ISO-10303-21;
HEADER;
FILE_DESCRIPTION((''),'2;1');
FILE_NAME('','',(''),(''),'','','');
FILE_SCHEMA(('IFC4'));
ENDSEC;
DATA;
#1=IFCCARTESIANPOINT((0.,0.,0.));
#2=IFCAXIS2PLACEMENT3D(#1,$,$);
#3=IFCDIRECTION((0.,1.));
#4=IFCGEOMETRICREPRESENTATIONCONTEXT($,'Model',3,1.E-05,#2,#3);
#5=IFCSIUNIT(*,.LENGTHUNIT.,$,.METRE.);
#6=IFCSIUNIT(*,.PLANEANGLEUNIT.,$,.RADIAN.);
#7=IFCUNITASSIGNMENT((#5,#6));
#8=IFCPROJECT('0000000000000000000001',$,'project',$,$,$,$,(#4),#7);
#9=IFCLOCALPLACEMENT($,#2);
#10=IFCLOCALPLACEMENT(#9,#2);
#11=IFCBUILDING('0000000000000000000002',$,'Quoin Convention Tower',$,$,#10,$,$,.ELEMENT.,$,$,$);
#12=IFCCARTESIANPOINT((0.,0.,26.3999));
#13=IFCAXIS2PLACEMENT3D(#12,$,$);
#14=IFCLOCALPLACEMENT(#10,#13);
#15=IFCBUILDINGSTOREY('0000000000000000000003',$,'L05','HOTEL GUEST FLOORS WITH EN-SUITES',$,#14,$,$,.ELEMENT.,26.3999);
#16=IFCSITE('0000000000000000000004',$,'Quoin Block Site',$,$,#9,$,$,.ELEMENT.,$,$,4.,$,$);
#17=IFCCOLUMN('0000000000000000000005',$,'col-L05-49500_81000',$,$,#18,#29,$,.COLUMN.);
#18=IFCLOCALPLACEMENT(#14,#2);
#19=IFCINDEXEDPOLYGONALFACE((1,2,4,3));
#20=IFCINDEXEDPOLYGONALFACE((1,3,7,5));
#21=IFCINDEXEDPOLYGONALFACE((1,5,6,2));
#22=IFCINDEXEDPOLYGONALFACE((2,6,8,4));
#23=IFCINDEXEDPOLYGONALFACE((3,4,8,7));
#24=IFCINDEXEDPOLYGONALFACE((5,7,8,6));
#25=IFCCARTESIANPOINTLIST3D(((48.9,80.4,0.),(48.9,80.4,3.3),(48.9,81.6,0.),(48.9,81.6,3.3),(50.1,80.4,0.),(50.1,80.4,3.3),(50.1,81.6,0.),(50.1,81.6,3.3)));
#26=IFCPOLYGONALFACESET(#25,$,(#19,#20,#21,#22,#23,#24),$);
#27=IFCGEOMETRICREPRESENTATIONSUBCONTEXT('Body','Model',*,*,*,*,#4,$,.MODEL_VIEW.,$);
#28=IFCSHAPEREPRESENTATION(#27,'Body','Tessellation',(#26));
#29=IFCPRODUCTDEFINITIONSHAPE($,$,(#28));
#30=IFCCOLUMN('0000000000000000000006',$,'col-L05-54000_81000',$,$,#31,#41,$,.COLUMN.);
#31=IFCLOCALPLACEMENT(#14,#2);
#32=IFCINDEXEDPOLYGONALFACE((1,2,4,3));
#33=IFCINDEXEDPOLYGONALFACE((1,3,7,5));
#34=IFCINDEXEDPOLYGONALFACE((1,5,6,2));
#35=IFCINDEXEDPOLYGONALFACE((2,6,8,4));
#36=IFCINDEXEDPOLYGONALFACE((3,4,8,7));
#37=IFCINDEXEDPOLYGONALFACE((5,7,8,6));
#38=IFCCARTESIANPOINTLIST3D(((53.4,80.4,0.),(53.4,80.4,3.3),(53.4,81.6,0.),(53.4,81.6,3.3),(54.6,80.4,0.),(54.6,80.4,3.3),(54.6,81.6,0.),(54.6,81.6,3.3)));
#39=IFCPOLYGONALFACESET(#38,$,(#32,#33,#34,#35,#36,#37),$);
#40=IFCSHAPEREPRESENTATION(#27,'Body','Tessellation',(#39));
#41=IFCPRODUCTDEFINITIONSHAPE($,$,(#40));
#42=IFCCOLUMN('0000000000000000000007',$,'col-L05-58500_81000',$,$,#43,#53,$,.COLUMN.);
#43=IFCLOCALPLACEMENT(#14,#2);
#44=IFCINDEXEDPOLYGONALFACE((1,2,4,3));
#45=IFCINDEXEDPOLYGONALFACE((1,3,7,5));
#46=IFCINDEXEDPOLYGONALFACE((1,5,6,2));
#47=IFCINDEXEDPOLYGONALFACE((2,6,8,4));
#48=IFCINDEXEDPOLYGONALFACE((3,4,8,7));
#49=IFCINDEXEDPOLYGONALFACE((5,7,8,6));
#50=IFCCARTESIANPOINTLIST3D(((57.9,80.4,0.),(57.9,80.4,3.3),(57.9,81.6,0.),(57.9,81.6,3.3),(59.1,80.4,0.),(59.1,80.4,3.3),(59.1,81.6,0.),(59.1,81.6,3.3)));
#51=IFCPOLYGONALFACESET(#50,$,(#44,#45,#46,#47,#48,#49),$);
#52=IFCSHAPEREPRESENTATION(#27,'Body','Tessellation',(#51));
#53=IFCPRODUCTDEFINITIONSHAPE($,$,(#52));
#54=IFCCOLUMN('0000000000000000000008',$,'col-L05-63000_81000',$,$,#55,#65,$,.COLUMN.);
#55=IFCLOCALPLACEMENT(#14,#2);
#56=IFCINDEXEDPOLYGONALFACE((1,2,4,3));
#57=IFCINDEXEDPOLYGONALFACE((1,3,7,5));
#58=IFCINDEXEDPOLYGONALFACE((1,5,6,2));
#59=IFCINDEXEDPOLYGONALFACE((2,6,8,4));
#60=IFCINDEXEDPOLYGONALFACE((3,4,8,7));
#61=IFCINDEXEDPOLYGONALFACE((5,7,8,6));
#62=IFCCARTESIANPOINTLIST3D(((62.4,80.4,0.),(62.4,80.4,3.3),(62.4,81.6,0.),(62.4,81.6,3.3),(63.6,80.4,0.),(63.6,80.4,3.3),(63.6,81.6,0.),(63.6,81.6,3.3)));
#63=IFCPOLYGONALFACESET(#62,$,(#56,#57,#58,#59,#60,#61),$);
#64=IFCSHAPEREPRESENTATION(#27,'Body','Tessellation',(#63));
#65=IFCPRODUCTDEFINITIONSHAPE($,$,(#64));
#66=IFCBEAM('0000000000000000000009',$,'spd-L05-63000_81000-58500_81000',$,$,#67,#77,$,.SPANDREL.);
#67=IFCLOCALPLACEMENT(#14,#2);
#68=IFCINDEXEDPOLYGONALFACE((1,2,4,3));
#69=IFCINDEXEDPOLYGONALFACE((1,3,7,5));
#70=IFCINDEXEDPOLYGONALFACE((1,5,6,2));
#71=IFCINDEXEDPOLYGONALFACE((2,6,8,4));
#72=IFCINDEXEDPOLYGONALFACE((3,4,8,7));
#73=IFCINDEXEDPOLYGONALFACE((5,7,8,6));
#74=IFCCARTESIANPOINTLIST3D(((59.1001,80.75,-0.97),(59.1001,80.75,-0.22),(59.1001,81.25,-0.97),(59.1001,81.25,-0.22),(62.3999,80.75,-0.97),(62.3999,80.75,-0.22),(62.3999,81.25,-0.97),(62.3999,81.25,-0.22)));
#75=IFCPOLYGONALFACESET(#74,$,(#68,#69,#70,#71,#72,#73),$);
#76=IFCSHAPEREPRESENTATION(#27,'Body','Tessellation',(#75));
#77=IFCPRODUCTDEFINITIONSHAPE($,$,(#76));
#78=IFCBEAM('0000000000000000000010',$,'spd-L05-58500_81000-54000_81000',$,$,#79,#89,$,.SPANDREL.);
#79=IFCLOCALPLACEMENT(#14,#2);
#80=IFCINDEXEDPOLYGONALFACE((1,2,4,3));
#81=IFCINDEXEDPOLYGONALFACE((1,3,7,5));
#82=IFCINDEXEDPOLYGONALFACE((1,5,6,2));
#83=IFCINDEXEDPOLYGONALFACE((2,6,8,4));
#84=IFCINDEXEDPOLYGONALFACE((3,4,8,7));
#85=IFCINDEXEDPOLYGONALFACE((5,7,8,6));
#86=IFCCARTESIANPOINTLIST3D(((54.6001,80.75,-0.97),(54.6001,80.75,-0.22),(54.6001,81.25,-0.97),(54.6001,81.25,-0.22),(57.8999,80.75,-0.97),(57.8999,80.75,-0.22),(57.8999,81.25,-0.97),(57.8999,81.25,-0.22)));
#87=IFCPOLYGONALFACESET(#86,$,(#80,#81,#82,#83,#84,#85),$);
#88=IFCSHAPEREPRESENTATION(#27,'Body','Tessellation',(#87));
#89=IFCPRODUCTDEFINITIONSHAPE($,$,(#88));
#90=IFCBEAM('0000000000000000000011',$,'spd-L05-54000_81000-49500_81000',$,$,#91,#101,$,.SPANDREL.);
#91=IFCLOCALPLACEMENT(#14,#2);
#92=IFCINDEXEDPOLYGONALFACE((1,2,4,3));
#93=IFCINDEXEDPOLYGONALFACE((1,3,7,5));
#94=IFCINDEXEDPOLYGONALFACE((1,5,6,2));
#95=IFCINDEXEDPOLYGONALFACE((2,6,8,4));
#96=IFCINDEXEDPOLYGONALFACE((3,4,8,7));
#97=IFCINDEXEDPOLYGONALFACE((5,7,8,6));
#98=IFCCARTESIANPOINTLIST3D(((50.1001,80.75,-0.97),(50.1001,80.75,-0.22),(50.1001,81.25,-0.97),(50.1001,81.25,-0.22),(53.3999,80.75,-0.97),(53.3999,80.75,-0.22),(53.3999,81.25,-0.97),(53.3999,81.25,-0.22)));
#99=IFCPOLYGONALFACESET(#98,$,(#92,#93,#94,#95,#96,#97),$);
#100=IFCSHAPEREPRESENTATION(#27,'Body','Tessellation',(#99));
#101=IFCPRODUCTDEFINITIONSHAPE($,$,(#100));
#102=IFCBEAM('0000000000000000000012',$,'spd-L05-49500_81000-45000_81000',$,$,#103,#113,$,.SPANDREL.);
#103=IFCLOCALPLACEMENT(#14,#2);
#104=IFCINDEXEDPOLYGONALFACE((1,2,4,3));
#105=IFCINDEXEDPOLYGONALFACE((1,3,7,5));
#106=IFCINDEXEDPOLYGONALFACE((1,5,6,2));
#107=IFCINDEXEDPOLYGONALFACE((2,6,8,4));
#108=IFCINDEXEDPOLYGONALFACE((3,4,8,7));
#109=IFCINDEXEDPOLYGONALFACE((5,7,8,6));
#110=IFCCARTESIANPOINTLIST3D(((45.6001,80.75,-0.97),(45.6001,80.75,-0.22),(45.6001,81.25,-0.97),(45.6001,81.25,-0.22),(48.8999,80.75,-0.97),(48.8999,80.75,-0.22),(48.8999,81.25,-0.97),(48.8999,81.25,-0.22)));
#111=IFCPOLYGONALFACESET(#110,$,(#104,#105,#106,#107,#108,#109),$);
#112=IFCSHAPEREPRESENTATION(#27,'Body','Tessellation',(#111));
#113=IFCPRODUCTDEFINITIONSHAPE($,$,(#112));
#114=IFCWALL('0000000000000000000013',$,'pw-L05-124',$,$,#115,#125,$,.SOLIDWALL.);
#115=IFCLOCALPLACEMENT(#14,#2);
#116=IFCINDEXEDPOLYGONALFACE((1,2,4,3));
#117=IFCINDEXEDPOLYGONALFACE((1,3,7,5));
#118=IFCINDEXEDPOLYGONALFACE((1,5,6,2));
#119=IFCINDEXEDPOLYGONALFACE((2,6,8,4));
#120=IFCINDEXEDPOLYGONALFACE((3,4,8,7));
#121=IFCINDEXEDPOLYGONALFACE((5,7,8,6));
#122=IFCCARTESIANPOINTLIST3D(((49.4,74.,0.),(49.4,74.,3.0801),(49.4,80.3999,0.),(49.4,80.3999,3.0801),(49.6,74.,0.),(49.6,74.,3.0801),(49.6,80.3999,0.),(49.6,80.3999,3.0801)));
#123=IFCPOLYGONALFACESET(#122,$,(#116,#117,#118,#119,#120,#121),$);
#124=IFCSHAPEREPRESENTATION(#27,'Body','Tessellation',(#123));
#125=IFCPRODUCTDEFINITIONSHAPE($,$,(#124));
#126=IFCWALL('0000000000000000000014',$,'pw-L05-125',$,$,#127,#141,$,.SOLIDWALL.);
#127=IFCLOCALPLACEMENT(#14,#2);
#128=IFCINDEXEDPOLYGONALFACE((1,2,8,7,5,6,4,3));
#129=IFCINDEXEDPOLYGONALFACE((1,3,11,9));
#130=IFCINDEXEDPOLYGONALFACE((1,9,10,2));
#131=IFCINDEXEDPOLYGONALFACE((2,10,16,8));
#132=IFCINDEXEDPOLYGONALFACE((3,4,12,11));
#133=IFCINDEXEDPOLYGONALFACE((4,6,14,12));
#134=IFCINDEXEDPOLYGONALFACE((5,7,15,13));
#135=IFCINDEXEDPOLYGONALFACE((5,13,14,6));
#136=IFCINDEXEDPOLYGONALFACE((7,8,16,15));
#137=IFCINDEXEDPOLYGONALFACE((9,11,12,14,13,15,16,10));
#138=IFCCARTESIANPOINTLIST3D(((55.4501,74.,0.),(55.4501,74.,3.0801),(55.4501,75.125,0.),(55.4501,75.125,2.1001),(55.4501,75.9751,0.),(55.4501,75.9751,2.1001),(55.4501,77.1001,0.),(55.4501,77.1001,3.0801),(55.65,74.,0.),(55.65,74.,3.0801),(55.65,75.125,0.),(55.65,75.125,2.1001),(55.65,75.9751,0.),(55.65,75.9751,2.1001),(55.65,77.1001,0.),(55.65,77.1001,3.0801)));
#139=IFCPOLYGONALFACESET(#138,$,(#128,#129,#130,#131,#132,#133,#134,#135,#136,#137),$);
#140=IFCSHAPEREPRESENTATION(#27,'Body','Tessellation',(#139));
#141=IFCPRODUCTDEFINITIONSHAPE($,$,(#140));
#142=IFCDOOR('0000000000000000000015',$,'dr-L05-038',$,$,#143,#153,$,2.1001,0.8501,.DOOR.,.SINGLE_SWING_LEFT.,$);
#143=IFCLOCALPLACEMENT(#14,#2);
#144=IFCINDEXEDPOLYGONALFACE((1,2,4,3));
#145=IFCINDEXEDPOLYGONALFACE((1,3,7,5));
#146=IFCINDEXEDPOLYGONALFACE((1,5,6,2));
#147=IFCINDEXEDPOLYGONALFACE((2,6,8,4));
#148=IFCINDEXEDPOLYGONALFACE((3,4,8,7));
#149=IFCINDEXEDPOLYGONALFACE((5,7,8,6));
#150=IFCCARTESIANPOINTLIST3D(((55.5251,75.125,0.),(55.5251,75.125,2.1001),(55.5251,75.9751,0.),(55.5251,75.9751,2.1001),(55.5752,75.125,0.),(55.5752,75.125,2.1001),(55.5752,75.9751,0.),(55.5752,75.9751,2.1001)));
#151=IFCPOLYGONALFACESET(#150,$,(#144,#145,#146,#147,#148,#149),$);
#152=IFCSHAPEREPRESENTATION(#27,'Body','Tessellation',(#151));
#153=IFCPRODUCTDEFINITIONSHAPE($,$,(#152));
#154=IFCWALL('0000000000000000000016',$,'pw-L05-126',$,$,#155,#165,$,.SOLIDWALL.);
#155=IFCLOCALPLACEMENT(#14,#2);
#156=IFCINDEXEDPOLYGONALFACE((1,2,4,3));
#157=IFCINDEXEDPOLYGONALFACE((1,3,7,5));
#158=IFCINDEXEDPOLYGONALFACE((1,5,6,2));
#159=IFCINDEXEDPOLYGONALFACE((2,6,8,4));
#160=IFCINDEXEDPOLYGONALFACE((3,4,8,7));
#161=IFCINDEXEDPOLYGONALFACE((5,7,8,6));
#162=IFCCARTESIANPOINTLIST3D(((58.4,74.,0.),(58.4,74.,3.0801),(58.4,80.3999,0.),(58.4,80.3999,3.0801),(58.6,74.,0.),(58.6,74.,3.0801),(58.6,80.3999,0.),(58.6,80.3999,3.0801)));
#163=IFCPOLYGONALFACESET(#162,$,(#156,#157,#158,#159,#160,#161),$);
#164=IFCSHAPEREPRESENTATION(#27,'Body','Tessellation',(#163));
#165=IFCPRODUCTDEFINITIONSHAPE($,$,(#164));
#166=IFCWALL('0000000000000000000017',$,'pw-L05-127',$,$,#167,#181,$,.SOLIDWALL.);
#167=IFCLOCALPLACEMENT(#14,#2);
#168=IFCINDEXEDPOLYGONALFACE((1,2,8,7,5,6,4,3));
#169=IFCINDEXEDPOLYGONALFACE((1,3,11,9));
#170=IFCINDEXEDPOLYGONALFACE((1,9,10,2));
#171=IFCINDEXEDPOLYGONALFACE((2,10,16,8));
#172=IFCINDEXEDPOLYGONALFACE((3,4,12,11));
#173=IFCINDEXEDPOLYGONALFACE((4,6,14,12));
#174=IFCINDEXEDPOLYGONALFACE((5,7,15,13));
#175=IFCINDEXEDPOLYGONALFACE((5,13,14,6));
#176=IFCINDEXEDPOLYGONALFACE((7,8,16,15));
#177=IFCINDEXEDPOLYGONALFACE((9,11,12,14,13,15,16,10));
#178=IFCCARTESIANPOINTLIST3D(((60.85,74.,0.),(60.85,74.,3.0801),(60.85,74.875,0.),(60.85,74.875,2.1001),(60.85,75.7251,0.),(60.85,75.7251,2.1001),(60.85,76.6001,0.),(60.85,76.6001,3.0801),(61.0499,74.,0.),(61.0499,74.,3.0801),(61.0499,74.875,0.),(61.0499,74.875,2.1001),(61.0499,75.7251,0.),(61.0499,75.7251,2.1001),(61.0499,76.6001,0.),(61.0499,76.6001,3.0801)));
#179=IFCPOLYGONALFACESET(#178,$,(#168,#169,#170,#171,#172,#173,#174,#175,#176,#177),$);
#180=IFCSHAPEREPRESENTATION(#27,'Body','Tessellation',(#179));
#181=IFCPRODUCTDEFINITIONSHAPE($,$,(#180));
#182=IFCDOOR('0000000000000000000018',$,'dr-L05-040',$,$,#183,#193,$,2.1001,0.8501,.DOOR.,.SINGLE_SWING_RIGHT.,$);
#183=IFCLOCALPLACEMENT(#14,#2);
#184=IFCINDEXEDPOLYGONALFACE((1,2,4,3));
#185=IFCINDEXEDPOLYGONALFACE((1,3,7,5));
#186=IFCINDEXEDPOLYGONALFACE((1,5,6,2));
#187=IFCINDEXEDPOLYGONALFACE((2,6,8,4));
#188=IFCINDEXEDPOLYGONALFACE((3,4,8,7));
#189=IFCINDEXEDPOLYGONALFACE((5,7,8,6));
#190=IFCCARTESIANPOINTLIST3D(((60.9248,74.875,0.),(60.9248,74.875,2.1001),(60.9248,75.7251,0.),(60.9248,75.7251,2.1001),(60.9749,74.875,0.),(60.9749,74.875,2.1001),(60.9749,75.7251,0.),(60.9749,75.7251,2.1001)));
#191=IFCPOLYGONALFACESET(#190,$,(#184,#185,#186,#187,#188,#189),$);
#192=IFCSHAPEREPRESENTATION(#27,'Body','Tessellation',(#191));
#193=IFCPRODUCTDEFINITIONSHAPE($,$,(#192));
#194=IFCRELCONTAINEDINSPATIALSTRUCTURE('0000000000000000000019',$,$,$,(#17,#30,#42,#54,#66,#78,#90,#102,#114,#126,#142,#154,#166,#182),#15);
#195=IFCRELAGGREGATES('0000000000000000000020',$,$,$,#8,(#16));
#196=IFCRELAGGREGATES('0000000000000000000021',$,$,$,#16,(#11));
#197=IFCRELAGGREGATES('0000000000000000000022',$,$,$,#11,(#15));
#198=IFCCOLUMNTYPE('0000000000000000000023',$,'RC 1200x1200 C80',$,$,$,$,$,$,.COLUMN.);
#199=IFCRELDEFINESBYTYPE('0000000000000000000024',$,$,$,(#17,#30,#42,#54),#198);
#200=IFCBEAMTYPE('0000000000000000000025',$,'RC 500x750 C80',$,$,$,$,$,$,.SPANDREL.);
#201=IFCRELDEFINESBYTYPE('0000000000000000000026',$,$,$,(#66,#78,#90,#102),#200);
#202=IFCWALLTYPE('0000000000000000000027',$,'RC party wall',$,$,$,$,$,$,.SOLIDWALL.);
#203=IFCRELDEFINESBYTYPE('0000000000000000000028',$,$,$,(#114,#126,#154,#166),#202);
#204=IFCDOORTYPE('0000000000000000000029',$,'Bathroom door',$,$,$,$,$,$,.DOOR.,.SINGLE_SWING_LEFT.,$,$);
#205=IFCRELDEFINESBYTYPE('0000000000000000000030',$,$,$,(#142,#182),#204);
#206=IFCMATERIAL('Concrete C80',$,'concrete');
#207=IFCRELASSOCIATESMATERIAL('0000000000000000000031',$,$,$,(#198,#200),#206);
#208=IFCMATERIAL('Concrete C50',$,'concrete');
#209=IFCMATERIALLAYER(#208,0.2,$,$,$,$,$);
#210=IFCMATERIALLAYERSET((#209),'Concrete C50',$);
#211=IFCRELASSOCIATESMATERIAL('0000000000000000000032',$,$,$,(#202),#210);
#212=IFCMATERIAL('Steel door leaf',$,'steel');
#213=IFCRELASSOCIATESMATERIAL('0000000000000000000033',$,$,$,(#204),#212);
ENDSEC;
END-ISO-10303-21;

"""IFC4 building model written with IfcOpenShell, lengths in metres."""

from ifc_helpers import new_model, si_unit, direction, frame, frame_2d, origin, origin_2d, place, context, subcontext, project, spatial, rectangle, extrude, material, layer, layer_set, material_profile, profile_set, type_object, element, fill, save


model = new_model("IFC4")

# Units and contexts
model_context = context("Model", 3, precision=1e-05, world=origin(), true_north=direction((0.0, 1.0)))
body_context = subcontext(model_context, "Body", "Model", "MODEL_VIEW")
ifc_project = project(units=[si_unit("LENGTHUNIT", "METRE"), si_unit("PLANEANGLEUNIT", "RADIAN")], contexts=[model_context])

# Site, building, storey
site_placement = place(None, origin())
site = spatial("IfcSite", under=ifc_project, at=site_placement, Name="Quoin Block Site", CompositionType="ELEMENT", RefElevation=4.0)
building_placement = place(site_placement, origin())
building = spatial("IfcBuilding", under=site, at=building_placement, Name="Quoin Convention Tower", CompositionType="ELEMENT")
storey_placement = place(building_placement, frame((0.0, 0.0, 26.3999)))
storey = spatial("IfcBuildingStorey", under=building, at=storey_placement, Name="L05", Description="HOTEL GUEST FLOORS WITH EN-SUITES", CompositionType="ELEMENT", Elevation=26.3999)

# Columns
ifc_material_1 = material(Name="Concrete C80", Category="concrete")
ifc_material_profile_1 = material_profile(ifc_material_1, rectangle(XDim=1.2, YDim=1.2, at=origin_2d()), Name="RC 1200x1200")
ifc_profile_set_1 = profile_set([ifc_material_profile_1], Name="Concrete C80")
column_type = type_object("IfcColumnType", Name="RC 1200x1200 C80", PredefinedType="COLUMN", material=ifc_profile_set_1)
for number, where, z_axis, x_axis, name in (
    (1, (49.5, 81.0, 0.0), (0.0, 0.0, 1.0), (1.0, 0.0, 0.0), "col-L05-49500_81000"),
    (2, (54.0, 81.0, 0.0), (0.0, 0.0, 1.0), (1.0, 0.0, 0.0), "col-L05-54000_81000"),
    (3, (58.5, 81.0, 0.0), (0.0, 0.0, 1.0), (1.0, 0.0, 0.0), "col-L05-58500_81000"),
    (4, (63.0, 81.0, 0.0), (0.0, 0.0, 1.0), (1.0, 0.0, 0.0), "col-L05-63000_81000"),
):
    element("IfcColumn", number, at=place(storey_placement, frame(where, z_axis=z_axis, x_axis=x_axis)), inside=storey, type_object=column_type, Name=name, PredefinedType="COLUMN", context=body_context, shape_type="SweptSolid", body=[
        extrude(rectangle(XDim=1.2, YDim=1.2, at=origin_2d()), origin(), (0.0, 0.0, 1.0), 3.3),
    ])

# Beams
ifc_material_profile_2 = material_profile(ifc_material_1, rectangle(XDim=0.5, YDim=0.75, at=origin_2d()), Name="RC 500x750")
ifc_profile_set_2 = profile_set([ifc_material_profile_2], Name="Concrete C80")
beam_type = type_object("IfcBeamType", Name="RC 500x750 C80", PredefinedType="SPANDREL", material=ifc_profile_set_2)
for number, where, z_axis, x_axis, name in (
    (5, (62.3999, 81.0, -0.595), (-1.0, 0.0, 0.0), (0.0, -1.0, 0.0), "spd-L05-63000_81000-58500_81000"),
    (6, (57.8999, 81.0, -0.595), (-1.0, 0.0, 0.0), (0.0, -1.0, 0.0), "spd-L05-58500_81000-54000_81000"),
    (7, (53.3999, 81.0, -0.595), (-1.0, 0.0, 0.0), (0.0, -1.0, 0.0), "spd-L05-54000_81000-49500_81000"),
    (8, (48.8999, 81.0, -0.595), (-1.0, 0.0, 0.0), (0.0, -1.0, 0.0), "spd-L05-49500_81000-45000_81000"),
):
    element("IfcBeam", number, at=place(storey_placement, frame(where, z_axis=z_axis, x_axis=x_axis)), inside=storey, type_object=beam_type, Name=name, PredefinedType="SPANDREL", context=body_context, shape_type="SweptSolid", body=[
        extrude(rectangle(XDim=0.5, YDim=0.75, at=origin_2d()), origin(), (0.0, 0.0, 1.0), 3.2998),
    ])

# Wall
ifc_material_2 = material(Name="Concrete C50", Category="concrete")
ifc_layer = layer(ifc_material_2, 0.2)
ifc_layer_set = layer_set([ifc_layer], Name="Concrete C50")
wall_type = type_object("IfcWallType", Name="RC party wall", PredefinedType="SOLIDWALL", material=ifc_layer_set)
wall_1_placement = place(storey_placement, frame((49.5, 74.0, 0.0), z_axis=(0.0, 0.0, 1.0), x_axis=(0.0, 1.0, 0.0)))
element("IfcWall", 9, at=wall_1_placement, inside=storey, type_object=wall_type, Name="pw-L05-124", PredefinedType="SOLIDWALL", context=body_context, shape_type="SweptSolid", body=[
    extrude(rectangle(XDim=6.3999, YDim=0.2, at=frame_2d((3.2, 0.0))), origin(), (0.0, 0.0, 1.0), 3.0801),
])

# Wall, opening, door
wall_2_placement = place(storey_placement, frame((55.55, 74.0, 0.0), z_axis=(0.0, 0.0, 1.0), x_axis=(0.0, 1.0, 0.0)))
wall_2 = element("IfcWall", 10, at=wall_2_placement, inside=storey, type_object=wall_type, Name="pw-L05-125", PredefinedType="SOLIDWALL", context=body_context, shape_type="SweptSolid", body=[
    extrude(rectangle(XDim=3.1001, YDim=0.2, at=frame_2d((1.55, 0.0))), origin(), (0.0, 0.0, 1.0), 3.0801),
])
opening_1_placement = place(wall_2_placement, frame((1.125, 0.0, 0.0)))
opening_1 = element("IfcOpeningElement", 11, at=opening_1_placement, cuts=wall_2, PredefinedType="OPENING", context=body_context, shape_type="SweptSolid", body=[
    extrude(rectangle(XDim=0.8501, YDim=2.1001, at=frame_2d((0.425, 1.05))), frame((0.0, 0.1099, 0.0), z_axis=(0.0, -1.0, 0.0), x_axis=(1.0, 0.0, 0.0)), (0.0, 0.0, 1.0), 0.22),
])
ifc_material_3 = material(Name="Steel door leaf", Category="steel")
door_type = type_object("IfcDoorType", Name="Bathroom door", OperationType="SINGLE_SWING_LEFT", PredefinedType="DOOR", material=ifc_material_3)
door_1_placement = place(opening_1_placement, origin())
door_1 = element("IfcDoor", 12, at=door_1_placement, inside=storey, type_object=door_type, Name="dr-L05-038", OperationType="SINGLE_SWING_LEFT", OverallHeight=2.1001, OverallWidth=0.8501, PredefinedType="DOOR", context=body_context, shape_type="SweptSolid", body=[
    extrude(rectangle(XDim=0.8501, YDim=2.1001, at=frame_2d((0.425, 1.05))), frame((0.0, 0.0249, 0.0), z_axis=(0.0, -1.0, 0.0), x_axis=(1.0, 0.0, 0.0)), (0.0, 0.0, 1.0), 0.05),
])
fill(opening_1, door_1)

# Wall
wall_3_placement = place(storey_placement, frame((58.5, 74.0, 0.0), z_axis=(0.0, 0.0, 1.0), x_axis=(0.0, 1.0, 0.0)))
element("IfcWall", 13, at=wall_3_placement, inside=storey, type_object=wall_type, Name="pw-L05-126", PredefinedType="SOLIDWALL", context=body_context, shape_type="SweptSolid", body=[
    extrude(rectangle(XDim=6.3999, YDim=0.2, at=frame_2d((3.2, 0.0))), origin(), (0.0, 0.0, 1.0), 3.0801),
])

# Wall, opening, door
wall_4_placement = place(storey_placement, frame((60.95, 74.0, 0.0), z_axis=(0.0, 0.0, 1.0), x_axis=(0.0, 1.0, 0.0)))
wall_4 = element("IfcWall", 14, at=wall_4_placement, inside=storey, type_object=wall_type, Name="pw-L05-127", PredefinedType="SOLIDWALL", context=body_context, shape_type="SweptSolid", body=[
    extrude(rectangle(XDim=2.6001, YDim=0.2, at=frame_2d((1.3, 0.0))), origin(), (0.0, 0.0, 1.0), 3.0801),
])
opening_2_placement = place(wall_4_placement, frame((0.875, 0.0, 0.0)))
opening_2 = element("IfcOpeningElement", 15, at=opening_2_placement, cuts=wall_4, PredefinedType="OPENING", context=body_context, shape_type="SweptSolid", body=[
    extrude(rectangle(XDim=0.8501, YDim=2.1001, at=frame_2d((0.425, 1.05))), frame((0.0, 0.1099, 0.0), z_axis=(0.0, -1.0, 0.0), x_axis=(1.0, 0.0, 0.0)), (0.0, 0.0, 1.0), 0.22),
])
door_2_placement = place(opening_2_placement, frame((0.8501, 0.0, 0.0), z_axis=(0.0, 0.0, 1.0), x_axis=(-1.0, 0.0, 0.0)))
door_2 = element("IfcDoor", 16, at=door_2_placement, inside=storey, type_object=door_type, Name="dr-L05-040", OperationType="SINGLE_SWING_RIGHT", OverallHeight=2.1001, OverallWidth=0.8501, PredefinedType="DOOR", context=body_context, shape_type="SweptSolid", body=[
    extrude(rectangle(XDim=0.8501, YDim=2.1001, at=frame_2d((0.425, 1.05))), frame((0.0, 0.0249, 0.0), z_axis=(0.0, -1.0, 0.0), x_axis=(1.0, 0.0, 0.0)), (0.0, 0.0, 1.0), 0.05),
])
fill(opening_2, door_2)

save(model, "model.ifc")
